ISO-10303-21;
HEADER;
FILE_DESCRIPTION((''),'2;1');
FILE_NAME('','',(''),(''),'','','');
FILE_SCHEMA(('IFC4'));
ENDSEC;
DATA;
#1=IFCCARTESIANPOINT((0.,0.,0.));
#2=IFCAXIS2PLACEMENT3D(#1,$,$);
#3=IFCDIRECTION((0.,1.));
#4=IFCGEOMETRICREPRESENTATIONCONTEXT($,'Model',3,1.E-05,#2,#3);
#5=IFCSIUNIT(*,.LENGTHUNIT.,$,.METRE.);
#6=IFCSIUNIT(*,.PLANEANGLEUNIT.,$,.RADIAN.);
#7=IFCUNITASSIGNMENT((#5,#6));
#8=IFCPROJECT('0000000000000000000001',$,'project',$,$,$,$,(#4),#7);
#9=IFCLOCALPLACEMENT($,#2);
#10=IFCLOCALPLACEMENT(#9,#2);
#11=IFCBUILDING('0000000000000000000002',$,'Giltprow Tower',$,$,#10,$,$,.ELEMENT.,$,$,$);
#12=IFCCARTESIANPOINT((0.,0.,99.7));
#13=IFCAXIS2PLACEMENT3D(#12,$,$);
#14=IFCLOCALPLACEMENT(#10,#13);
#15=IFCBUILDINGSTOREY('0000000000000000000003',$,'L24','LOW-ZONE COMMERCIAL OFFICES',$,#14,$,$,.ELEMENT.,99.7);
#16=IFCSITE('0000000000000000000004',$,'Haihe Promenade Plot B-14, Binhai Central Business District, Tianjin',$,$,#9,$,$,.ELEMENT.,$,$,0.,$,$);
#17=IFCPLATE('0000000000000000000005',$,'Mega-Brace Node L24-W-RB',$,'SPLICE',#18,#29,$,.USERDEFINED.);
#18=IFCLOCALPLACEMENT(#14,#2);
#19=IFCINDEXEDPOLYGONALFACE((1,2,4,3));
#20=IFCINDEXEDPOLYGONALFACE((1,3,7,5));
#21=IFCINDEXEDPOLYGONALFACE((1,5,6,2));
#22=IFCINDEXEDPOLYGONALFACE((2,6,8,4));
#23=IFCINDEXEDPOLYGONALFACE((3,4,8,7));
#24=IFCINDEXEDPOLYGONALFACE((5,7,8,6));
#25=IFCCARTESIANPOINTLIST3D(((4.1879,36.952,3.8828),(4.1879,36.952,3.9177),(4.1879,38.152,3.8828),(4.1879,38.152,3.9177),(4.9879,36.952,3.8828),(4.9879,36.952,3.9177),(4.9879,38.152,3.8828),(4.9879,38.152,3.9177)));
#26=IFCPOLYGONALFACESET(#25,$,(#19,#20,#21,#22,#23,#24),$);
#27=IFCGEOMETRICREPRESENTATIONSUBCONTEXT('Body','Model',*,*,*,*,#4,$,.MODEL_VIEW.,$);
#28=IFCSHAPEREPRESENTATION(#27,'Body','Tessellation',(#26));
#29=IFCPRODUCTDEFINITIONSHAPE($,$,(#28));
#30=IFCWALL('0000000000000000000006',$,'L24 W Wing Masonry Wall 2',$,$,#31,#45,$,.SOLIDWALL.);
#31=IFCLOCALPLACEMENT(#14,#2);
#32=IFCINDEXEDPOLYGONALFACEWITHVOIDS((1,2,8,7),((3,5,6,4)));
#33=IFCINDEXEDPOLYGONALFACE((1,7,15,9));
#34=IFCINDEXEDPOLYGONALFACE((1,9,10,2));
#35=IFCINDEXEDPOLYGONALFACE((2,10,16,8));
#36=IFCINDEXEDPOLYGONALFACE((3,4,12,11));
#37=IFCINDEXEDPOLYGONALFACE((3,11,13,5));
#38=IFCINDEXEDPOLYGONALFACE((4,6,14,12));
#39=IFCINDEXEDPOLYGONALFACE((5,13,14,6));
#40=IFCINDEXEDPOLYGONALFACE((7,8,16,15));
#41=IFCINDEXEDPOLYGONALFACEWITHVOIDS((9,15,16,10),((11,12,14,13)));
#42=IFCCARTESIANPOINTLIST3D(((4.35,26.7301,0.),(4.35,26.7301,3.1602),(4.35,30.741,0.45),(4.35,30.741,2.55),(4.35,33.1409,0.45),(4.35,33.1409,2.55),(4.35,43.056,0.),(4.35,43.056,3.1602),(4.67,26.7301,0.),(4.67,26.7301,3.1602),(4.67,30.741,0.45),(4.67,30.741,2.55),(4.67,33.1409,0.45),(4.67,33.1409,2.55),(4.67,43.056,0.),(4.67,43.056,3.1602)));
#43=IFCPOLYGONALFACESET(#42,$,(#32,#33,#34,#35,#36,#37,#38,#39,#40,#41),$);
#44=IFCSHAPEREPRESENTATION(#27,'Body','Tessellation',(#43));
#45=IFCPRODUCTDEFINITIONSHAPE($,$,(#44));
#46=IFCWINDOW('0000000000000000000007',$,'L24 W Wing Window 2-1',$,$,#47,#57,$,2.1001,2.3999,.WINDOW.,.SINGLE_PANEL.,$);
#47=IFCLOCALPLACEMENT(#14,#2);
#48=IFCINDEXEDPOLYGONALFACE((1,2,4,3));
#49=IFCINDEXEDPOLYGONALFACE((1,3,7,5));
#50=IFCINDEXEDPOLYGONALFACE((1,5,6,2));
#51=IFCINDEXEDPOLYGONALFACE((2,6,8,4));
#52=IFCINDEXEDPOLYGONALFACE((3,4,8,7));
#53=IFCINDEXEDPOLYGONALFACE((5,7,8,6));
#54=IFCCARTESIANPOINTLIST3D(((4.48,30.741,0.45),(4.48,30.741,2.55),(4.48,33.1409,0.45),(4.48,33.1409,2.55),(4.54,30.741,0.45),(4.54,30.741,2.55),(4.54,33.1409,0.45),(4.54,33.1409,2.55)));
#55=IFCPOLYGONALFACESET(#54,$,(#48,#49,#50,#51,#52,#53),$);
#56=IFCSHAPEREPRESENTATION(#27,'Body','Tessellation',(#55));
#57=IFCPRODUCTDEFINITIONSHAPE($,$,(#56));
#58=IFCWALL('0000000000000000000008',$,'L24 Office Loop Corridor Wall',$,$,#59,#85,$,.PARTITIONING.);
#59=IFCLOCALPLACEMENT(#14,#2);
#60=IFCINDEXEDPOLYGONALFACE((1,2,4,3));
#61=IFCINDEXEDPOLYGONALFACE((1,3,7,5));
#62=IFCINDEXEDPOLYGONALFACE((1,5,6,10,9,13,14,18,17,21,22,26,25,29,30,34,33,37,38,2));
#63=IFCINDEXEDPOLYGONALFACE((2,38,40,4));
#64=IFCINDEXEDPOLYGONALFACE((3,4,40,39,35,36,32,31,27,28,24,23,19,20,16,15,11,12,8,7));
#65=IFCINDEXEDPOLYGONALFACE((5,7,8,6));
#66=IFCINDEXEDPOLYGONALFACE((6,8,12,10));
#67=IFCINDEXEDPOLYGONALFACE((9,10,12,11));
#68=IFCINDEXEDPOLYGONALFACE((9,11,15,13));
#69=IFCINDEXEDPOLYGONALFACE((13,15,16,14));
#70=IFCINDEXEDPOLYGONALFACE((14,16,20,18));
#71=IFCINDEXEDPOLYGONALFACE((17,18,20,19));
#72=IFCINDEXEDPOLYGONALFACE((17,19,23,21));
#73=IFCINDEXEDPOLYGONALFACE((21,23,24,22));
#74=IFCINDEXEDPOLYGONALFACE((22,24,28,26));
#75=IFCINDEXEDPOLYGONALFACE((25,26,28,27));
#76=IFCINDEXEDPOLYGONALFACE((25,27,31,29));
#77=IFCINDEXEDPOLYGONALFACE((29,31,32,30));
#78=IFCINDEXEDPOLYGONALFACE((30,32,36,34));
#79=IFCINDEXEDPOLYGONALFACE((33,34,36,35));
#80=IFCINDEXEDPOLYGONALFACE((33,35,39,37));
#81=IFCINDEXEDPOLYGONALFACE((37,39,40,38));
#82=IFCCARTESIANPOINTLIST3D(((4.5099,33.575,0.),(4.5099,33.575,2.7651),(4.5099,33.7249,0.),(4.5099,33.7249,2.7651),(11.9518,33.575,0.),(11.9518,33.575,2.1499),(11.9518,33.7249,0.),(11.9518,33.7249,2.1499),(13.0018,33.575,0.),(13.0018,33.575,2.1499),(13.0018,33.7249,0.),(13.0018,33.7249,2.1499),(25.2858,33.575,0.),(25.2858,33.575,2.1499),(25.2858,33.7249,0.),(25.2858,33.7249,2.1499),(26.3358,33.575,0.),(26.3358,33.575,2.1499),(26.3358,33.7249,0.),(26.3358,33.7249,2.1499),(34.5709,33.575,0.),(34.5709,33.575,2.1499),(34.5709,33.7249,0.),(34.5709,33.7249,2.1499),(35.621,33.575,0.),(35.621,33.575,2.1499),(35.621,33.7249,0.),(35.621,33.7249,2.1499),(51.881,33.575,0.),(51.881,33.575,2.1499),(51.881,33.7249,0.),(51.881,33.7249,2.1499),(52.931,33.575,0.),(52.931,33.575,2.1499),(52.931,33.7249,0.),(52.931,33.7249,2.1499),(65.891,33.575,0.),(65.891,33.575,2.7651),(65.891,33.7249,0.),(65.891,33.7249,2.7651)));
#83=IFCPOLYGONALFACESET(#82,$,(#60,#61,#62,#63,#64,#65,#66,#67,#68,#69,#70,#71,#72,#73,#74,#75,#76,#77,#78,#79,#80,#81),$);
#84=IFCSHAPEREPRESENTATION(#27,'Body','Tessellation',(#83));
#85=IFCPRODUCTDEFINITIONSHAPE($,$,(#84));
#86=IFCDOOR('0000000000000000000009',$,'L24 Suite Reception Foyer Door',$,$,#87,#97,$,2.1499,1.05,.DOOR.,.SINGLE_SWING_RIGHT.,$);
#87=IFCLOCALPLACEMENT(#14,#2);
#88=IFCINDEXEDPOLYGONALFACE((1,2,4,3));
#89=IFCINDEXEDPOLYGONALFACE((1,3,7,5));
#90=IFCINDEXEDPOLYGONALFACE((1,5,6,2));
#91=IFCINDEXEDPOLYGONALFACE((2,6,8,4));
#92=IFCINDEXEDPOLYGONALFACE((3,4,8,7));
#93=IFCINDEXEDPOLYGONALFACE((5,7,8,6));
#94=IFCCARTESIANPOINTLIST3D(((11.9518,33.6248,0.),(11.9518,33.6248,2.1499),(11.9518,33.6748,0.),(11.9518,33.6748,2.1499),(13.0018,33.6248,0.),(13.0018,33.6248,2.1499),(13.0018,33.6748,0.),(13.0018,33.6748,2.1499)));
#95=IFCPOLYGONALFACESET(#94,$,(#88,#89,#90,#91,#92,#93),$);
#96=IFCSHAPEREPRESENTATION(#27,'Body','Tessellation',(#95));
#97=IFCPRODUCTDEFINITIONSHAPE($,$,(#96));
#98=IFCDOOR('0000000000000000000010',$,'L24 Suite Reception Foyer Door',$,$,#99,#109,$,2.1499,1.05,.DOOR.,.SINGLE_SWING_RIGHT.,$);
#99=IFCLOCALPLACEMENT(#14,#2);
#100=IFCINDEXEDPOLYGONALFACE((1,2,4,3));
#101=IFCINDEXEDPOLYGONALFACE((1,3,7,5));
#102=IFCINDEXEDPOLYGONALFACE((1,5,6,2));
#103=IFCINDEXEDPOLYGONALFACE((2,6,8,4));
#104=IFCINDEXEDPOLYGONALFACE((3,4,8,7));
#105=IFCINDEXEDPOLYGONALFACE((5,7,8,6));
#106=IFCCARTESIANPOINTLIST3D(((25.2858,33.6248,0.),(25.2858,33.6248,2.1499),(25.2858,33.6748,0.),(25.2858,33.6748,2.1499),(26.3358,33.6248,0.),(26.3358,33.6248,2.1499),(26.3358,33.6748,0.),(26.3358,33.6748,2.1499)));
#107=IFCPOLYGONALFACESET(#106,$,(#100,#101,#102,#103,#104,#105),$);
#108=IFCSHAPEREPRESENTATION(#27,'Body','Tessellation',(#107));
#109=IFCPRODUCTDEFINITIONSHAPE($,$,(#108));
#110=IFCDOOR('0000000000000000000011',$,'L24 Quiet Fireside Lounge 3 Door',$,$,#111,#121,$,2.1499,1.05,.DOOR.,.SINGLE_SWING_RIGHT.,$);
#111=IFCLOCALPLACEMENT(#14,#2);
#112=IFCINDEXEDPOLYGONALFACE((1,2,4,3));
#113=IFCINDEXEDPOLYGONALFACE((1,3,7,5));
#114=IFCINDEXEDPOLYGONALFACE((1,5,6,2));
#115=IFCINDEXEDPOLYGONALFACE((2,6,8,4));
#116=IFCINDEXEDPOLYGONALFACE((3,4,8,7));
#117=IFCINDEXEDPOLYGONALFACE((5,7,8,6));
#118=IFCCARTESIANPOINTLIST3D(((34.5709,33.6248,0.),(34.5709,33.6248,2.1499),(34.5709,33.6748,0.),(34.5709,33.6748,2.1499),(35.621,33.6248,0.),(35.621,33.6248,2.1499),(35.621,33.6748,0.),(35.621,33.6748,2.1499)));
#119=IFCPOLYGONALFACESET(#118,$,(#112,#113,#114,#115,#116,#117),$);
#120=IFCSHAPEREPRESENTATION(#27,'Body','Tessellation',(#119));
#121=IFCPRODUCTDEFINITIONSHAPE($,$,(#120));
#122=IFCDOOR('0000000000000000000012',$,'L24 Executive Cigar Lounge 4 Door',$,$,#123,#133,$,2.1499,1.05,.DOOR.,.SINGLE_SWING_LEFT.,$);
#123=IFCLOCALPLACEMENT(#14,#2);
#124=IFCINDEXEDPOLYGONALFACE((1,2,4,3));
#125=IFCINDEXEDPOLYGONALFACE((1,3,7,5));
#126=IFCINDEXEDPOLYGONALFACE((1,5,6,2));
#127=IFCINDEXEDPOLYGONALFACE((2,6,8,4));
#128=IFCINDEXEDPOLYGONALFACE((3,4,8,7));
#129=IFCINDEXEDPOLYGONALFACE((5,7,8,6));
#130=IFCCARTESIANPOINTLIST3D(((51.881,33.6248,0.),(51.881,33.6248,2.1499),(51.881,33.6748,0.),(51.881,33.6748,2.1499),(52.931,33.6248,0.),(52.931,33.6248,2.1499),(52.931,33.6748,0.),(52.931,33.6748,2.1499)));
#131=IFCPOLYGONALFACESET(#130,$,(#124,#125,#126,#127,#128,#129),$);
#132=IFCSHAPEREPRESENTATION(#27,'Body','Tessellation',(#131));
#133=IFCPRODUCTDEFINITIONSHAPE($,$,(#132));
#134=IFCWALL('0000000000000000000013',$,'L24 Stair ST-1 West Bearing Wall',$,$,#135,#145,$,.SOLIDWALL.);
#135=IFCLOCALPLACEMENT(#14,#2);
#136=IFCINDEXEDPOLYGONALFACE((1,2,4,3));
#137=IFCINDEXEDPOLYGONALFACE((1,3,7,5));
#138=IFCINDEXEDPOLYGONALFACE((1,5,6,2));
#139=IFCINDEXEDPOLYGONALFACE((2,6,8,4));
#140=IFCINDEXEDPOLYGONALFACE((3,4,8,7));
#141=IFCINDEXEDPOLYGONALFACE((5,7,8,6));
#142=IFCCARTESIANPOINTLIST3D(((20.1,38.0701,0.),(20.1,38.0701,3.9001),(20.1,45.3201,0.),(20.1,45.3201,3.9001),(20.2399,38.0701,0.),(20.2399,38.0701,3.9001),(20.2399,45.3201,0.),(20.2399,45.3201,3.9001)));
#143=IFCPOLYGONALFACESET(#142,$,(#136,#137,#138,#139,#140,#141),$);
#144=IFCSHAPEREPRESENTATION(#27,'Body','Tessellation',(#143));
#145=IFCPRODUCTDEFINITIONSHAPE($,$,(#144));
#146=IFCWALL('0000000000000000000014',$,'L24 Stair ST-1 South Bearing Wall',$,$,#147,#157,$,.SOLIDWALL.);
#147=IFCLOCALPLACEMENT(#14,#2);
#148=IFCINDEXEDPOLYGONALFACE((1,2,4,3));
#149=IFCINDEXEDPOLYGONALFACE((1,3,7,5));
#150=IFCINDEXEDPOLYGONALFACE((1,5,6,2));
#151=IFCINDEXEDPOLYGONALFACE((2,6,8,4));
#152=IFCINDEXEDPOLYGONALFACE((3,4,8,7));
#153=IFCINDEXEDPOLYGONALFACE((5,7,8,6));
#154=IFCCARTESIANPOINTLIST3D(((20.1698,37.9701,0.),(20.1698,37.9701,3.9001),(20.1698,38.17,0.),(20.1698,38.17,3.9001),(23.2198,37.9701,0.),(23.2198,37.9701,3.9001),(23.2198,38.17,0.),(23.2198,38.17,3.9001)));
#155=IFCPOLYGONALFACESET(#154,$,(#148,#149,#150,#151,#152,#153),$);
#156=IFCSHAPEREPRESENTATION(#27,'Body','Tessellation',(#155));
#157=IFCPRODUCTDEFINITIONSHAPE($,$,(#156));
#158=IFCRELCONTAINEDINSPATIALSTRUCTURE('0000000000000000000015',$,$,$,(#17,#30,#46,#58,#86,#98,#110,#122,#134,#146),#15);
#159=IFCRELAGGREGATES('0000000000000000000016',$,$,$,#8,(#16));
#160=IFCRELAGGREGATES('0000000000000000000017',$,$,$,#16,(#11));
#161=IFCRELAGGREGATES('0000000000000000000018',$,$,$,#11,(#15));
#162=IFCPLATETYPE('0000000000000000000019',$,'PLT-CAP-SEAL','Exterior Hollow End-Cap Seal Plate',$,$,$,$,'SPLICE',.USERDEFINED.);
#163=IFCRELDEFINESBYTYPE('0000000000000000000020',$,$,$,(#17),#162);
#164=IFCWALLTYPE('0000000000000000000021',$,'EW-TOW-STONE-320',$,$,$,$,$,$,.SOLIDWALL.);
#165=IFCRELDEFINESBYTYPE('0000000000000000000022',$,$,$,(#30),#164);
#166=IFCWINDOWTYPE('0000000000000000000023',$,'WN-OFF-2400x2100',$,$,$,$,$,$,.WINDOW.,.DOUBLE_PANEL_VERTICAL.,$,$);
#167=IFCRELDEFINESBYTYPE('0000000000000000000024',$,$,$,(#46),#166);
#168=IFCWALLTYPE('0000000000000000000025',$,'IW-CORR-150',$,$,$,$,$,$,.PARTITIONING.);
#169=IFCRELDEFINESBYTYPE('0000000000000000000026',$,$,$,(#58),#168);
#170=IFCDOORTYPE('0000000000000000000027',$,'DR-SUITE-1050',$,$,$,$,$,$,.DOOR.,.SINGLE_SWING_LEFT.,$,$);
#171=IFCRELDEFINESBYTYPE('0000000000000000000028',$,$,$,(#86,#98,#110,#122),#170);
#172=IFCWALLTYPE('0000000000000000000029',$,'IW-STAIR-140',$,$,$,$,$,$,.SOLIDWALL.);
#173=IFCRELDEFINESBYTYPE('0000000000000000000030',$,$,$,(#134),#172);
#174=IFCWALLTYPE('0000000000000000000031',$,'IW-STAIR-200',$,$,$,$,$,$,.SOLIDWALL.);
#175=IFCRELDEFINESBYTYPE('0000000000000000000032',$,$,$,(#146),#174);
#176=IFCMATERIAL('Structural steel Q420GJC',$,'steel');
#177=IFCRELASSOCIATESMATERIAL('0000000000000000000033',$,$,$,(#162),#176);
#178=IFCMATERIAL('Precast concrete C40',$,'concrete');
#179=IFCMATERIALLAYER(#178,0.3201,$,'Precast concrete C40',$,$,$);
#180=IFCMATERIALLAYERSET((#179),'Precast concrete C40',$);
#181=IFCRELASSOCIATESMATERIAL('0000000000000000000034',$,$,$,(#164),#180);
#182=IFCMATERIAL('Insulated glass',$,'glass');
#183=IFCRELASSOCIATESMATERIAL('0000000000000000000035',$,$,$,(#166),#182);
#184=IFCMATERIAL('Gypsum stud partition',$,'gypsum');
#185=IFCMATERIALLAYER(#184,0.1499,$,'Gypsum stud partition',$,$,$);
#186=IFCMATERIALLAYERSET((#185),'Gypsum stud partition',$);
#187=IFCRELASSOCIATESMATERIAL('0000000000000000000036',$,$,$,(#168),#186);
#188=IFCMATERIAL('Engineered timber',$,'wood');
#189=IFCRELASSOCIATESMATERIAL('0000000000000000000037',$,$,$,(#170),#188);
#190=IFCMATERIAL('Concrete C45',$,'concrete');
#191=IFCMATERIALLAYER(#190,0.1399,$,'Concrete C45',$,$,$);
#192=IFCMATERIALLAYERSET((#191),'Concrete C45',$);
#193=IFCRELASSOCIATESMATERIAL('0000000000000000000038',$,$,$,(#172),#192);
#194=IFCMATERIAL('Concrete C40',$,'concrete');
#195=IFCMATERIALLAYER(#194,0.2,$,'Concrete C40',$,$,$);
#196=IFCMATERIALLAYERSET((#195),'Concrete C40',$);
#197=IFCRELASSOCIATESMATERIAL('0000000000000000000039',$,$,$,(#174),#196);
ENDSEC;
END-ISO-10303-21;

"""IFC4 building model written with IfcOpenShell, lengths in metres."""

from ifc_helpers import new_model, si_unit, direction, frame, frame_2d, origin, origin_2d, place, context, subcontext, project, spatial, rectangle, extrude, source, transform, mapped, material, layer, layer_set, type_object, element, fill, save


model = new_model("IFC4")

# Units and contexts
model_context = context("Model", 3, precision=1e-05, world=origin(), true_north=direction((0.0, 1.0)))
body_context = subcontext(model_context, "Body", "Model", "MODEL_VIEW")
ifc_project = project(units=[si_unit("LENGTHUNIT", "METRE"), si_unit("PLANEANGLEUNIT", "RADIAN")], contexts=[model_context])

# Site, building, storey
site_placement = place(None, origin())
site = spatial("IfcSite", under=ifc_project, at=site_placement, Name="Haihe Promenade Plot B-14, Binhai Central Business District, Tianjin", CompositionType="ELEMENT", RefElevation=0.0)
building_placement = place(site_placement, origin())
building = spatial("IfcBuilding", under=site, at=building_placement, Name="Giltprow Tower", CompositionType="ELEMENT")
storey_placement = place(building_placement, frame((0.0, 0.0, 99.7)))
storey = spatial("IfcBuildingStorey", under=building, at=storey_placement, Name="L24", Description="LOW-ZONE COMMERCIAL OFFICES", CompositionType="ELEMENT", Elevation=99.7)

# Shared definitions
ifc_material_1 = material(Name="Structural steel Q420GJC", Category="steel")

# Plate
plate_type = type_object("IfcPlateType", Name="PLT-CAP-SEAL", Description="Exterior Hollow End-Cap Seal Plate", ElementType="SPLICE", PredefinedType="USERDEFINED", material=ifc_material_1)
shared_shape_1 = source(origin(), body_context, "Body", "SweptSolid", [
    extrude(rectangle(XDim=1.2, YDim=0.8, at=origin_2d()), origin(), (0.0, 0.0, 1.0), 0.0349),
])
plate_placement = place(storey_placement, frame((4.5879, 37.552, 3.8828), z_axis=(0.0, 0.0, 1.0), x_axis=(0.0, 1.0, 0.0)))
element("IfcPlate", 1, at=plate_placement, inside=storey, type_object=plate_type, Name="Mega-Brace Node L24-W-RB", ObjectType="SPLICE", PredefinedType="USERDEFINED", context=body_context, shape_type="MappedRepresentation", body=[
    mapped(shared_shape_1, transform((0.0, 0.0, 0.0), x_axis=(1.0, 0.0, 0.0), y_axis=(0.0, 1.0, 0.0), z_axis=(0.0, 0.0, 1.0), scale=1.0)),
])

# Wall, opening, window
ifc_material_2 = material(Name="Precast concrete C40", Category="concrete")
ifc_layer_1 = layer(ifc_material_2, 0.3201, Name="Precast concrete C40")
ifc_layer_set_1 = layer_set([ifc_layer_1], Name="Precast concrete C40")
wall_type_1 = type_object("IfcWallType", Name="EW-TOW-STONE-320", PredefinedType="SOLIDWALL", material=ifc_layer_set_1)
wall_1_placement = place(storey_placement, frame((4.51, 26.73, 0.0), z_axis=(0.0, 0.0, 1.0), x_axis=(0.0, 1.0, 0.0)))
wall_1 = element("IfcWall", 2, at=wall_1_placement, inside=storey, type_object=wall_type_1, Name="L24 W Wing Masonry Wall 2", PredefinedType="SOLIDWALL", context=body_context, shape_type="SweptSolid", body=[
    extrude(rectangle(XDim=16.3259, YDim=0.3201, at=frame_2d((8.1631, 0.0))), origin(), (0.0, 0.0, 1.0), 3.1602),
])
opening_1_placement = place(wall_1_placement, frame((4.011, 0.0, 0.45)))
opening_1 = element("IfcOpeningElement", 3, at=opening_1_placement, cuts=wall_1, PredefinedType="OPENING", context=body_context, shape_type="SweptSolid", body=[
    extrude(rectangle(XDim=2.3999, YDim=2.1001, at=frame_2d((1.2, 1.05))), frame((0.0, 0.1699, 0.0), z_axis=(0.0, -1.0, 0.0), x_axis=(1.0, 0.0, 0.0)), (0.0, 0.0, 1.0), 0.3401),
])
ifc_material_3 = material(Name="Insulated glass", Category="glass")
window_type = type_object("IfcWindowType", Name="WN-OFF-2400x2100", PartitioningType="DOUBLE_PANEL_VERTICAL", PredefinedType="WINDOW", material=ifc_material_3)
shared_shape_2 = source(origin(), body_context, "Body", "SweptSolid", [
    extrude(rectangle(XDim=2.3999, YDim=2.1001, at=frame_2d((1.2, 1.05))), frame((0.0, 0.03, 0.0), z_axis=(0.0, -1.0, 0.0), x_axis=(1.0, 0.0, 0.0)), (0.0, 0.0, 1.0), 0.0601),
])
window_placement = place(opening_1_placement, origin())
window = element("IfcWindow", 4, at=window_placement, inside=storey, type_object=window_type, Name="L24 W Wing Window 2-1", OverallHeight=2.1001, OverallWidth=2.3999, PartitioningType="SINGLE_PANEL", PredefinedType="WINDOW", context=body_context, shape_type="MappedRepresentation", body=[
    mapped(shared_shape_2, transform((0.0, 0.0, 0.0), x_axis=(1.0, 0.0, 0.0), y_axis=(0.0, 1.0, 0.0), z_axis=(0.0, 0.0, 1.0), scale=1.0)),
])
fill(opening_1, window)

# Wall, openings, doors
ifc_material_4 = material(Name="Gypsum stud partition", Category="gypsum")
ifc_layer_2 = layer(ifc_material_4, 0.1499, Name="Gypsum stud partition")
ifc_layer_set_2 = layer_set([ifc_layer_2], Name="Gypsum stud partition")
wall_type_2 = type_object("IfcWallType", Name="IW-CORR-150", PredefinedType="PARTITIONING", material=ifc_layer_set_2)
wall_2_placement = place(storey_placement, frame((4.51, 33.6499, 0.0), z_axis=(0.0, 0.0, 1.0), x_axis=(1.0, 0.0, 0.0)))
wall_2 = element("IfcWall", 5, at=wall_2_placement, inside=storey, type_object=wall_type_2, Name="L24 Office Loop Corridor Wall", PredefinedType="PARTITIONING", context=body_context, shape_type="SweptSolid", body=[
    extrude(rectangle(XDim=61.3811, YDim=0.1499, at=frame_2d((30.6904, 0.0))), origin(), (0.0, 0.0, 1.0), 2.7651),
])
opening_2_placement = place(wall_2_placement, frame((7.4419, 0.0, 0.0)))
opening_2 = element("IfcOpeningElement", 6, at=opening_2_placement, cuts=wall_2, PredefinedType="OPENING", context=body_context, shape_type="SweptSolid", body=[
    extrude(rectangle(XDim=1.05, YDim=2.1499, at=frame_2d((0.5249, 1.075))), frame((0.0, 0.085, 0.0), z_axis=(0.0, -1.0, 0.0), x_axis=(1.0, 0.0, 0.0)), (0.0, 0.0, 1.0), 0.1699),
])
opening_3_placement = place(wall_2_placement, frame((20.7759, 0.0, 0.0)))
opening_3 = element("IfcOpeningElement", 7, at=opening_3_placement, cuts=wall_2, PredefinedType="OPENING", context=body_context, shape_type="SweptSolid", body=[
    extrude(rectangle(XDim=1.05, YDim=2.1499, at=frame_2d((0.5249, 1.075))), frame((0.0, 0.085, 0.0), z_axis=(0.0, -1.0, 0.0), x_axis=(1.0, 0.0, 0.0)), (0.0, 0.0, 1.0), 0.1699),
])
opening_4_placement = place(wall_2_placement, frame((30.061, 0.0, 0.0)))
opening_4 = element("IfcOpeningElement", 8, at=opening_4_placement, cuts=wall_2, PredefinedType="OPENING", context=body_context, shape_type="SweptSolid", body=[
    extrude(rectangle(XDim=1.05, YDim=2.1499, at=frame_2d((0.5249, 1.075))), frame((0.0, 0.085, 0.0), z_axis=(0.0, -1.0, 0.0), x_axis=(1.0, 0.0, 0.0)), (0.0, 0.0, 1.0), 0.1699),
])
opening_5_placement = place(wall_2_placement, frame((47.3711, 0.0, 0.0)))
opening_5 = element("IfcOpeningElement", 9, at=opening_5_placement, cuts=wall_2, PredefinedType="OPENING", context=body_context, shape_type="SweptSolid", body=[
    extrude(rectangle(XDim=1.05, YDim=2.1499, at=frame_2d((0.5249, 1.075))), frame((0.0, 0.085, 0.0), z_axis=(0.0, -1.0, 0.0), x_axis=(1.0, 0.0, 0.0)), (0.0, 0.0, 1.0), 0.1699),
])
ifc_material_5 = material(Name="Engineered timber", Category="wood")
door_type_1 = type_object("IfcDoorType", Name="DR-SUITE-1050", OperationType="SINGLE_SWING_LEFT", PredefinedType="DOOR", material=ifc_material_5)
shared_shape_3 = source(origin(), body_context, "Body", "SweptSolid", [
    extrude(rectangle(XDim=1.05, YDim=2.1499, at=frame_2d((0.5249, 1.075))), frame((0.0, 0.0249, 0.0), z_axis=(0.0, -1.0, 0.0), x_axis=(1.0, 0.0, 0.0)), (0.0, 0.0, 1.0), 0.05),
])
door_1_placement = place(opening_2_placement, origin())
door_1 = element("IfcDoor", 10, at=door_1_placement, inside=storey, type_object=door_type_1, Name="L24 Suite Reception Foyer Door", OperationType="SINGLE_SWING_RIGHT", OverallHeight=2.1499, OverallWidth=1.05, PredefinedType="DOOR", context=body_context, shape_type="MappedRepresentation", body=[
    mapped(shared_shape_3, transform((0.0, 0.0, 0.0), x_axis=(1.0, 0.0, 0.0), y_axis=(0.0, 1.0, 0.0), z_axis=(0.0, 0.0, 1.0), scale=1.0)),
])
fill(opening_2, door_1)
door_2_placement = place(opening_3_placement, origin())
door_2 = element("IfcDoor", 11, at=door_2_placement, inside=storey, type_object=door_type_1, Name="L24 Suite Reception Foyer Door", OperationType="SINGLE_SWING_RIGHT", OverallHeight=2.1499, OverallWidth=1.05, PredefinedType="DOOR", context=body_context, shape_type="MappedRepresentation", body=[
    mapped(shared_shape_3, transform((0.0, 0.0, 0.0), x_axis=(1.0, 0.0, 0.0), y_axis=(0.0, 1.0, 0.0), z_axis=(0.0, 0.0, 1.0), scale=1.0)),
])
fill(opening_3, door_2)
door_3_placement = place(opening_4_placement, origin())
door_3 = element("IfcDoor", 12, at=door_3_placement, inside=storey, type_object=door_type_1, Name="L24 Quiet Fireside Lounge 3 Door", OperationType="SINGLE_SWING_RIGHT", OverallHeight=2.1499, OverallWidth=1.05, PredefinedType="DOOR", context=body_context, shape_type="MappedRepresentation", body=[
    mapped(shared_shape_3, transform((0.0, 0.0, 0.0), x_axis=(1.0, 0.0, 0.0), y_axis=(0.0, 1.0, 0.0), z_axis=(0.0, 0.0, 1.0), scale=1.0)),
])
fill(opening_4, door_3)
door_4_placement = place(opening_5_placement, origin())
door_4 = element("IfcDoor", 13, at=door_4_placement, inside=storey, type_object=door_type_1, Name="L24 Executive Cigar Lounge 4 Door", OperationType="SINGLE_SWING_LEFT", OverallHeight=2.1499, OverallWidth=1.05, PredefinedType="DOOR", context=body_context, shape_type="MappedRepresentation", body=[
    mapped(shared_shape_3, transform((0.0, 0.0, 0.0), x_axis=(1.0, 0.0, 0.0), y_axis=(0.0, 1.0, 0.0), z_axis=(0.0, 0.0, 1.0), scale=1.0)),
])
fill(opening_5, door_4)

# Walls
ifc_material_6 = material(Name="Concrete C45", Category="concrete")
ifc_layer_3 = layer(ifc_material_6, 0.1399, Name="Concrete C45")
ifc_layer_set_3 = layer_set([ifc_layer_3], Name="Concrete C45")
wall_type_3 = type_object("IfcWallType", Name="IW-STAIR-140", PredefinedType="SOLIDWALL", material=ifc_layer_set_3)
wall_3_placement = place(storey_placement, frame((20.1699, 38.0701, 0.0), z_axis=(0.0, 0.0, 1.0), x_axis=(0.0, 1.0, 0.0)))
element("IfcWall", 14, at=wall_3_placement, inside=storey, type_object=wall_type_3, Name="L24 Stair ST-1 West Bearing Wall", PredefinedType="SOLIDWALL", context=body_context, shape_type="SweptSolid", body=[
    extrude(rectangle(XDim=7.25, YDim=0.1399, at=frame_2d((3.625, 0.0))), origin(), (0.0, 0.0, 1.0), 3.9001),
])
ifc_material_7 = material(Name="Concrete C40", Category="concrete")
ifc_layer_4 = layer(ifc_material_7, 0.2, Name="Concrete C40")
ifc_layer_set_4 = layer_set([ifc_layer_4], Name="Concrete C40")
wall_type_4 = type_object("IfcWallType", Name="IW-STAIR-200", PredefinedType="SOLIDWALL", material=ifc_layer_set_4)
wall_4_placement = place(storey_placement, frame((20.1699, 38.0701, 0.0), z_axis=(0.0, 0.0, 1.0), x_axis=(1.0, 0.0, 0.0)))
element("IfcWall", 15, at=wall_4_placement, inside=storey, type_object=wall_type_4, Name="L24 Stair ST-1 South Bearing Wall", PredefinedType="SOLIDWALL", context=body_context, shape_type="SweptSolid", body=[
    extrude(rectangle(XDim=3.05, YDim=0.2, at=frame_2d((1.5249, 0.0))), origin(), (0.0, 0.0, 1.0), 3.9001),
])

save(model, "model.ifc")
